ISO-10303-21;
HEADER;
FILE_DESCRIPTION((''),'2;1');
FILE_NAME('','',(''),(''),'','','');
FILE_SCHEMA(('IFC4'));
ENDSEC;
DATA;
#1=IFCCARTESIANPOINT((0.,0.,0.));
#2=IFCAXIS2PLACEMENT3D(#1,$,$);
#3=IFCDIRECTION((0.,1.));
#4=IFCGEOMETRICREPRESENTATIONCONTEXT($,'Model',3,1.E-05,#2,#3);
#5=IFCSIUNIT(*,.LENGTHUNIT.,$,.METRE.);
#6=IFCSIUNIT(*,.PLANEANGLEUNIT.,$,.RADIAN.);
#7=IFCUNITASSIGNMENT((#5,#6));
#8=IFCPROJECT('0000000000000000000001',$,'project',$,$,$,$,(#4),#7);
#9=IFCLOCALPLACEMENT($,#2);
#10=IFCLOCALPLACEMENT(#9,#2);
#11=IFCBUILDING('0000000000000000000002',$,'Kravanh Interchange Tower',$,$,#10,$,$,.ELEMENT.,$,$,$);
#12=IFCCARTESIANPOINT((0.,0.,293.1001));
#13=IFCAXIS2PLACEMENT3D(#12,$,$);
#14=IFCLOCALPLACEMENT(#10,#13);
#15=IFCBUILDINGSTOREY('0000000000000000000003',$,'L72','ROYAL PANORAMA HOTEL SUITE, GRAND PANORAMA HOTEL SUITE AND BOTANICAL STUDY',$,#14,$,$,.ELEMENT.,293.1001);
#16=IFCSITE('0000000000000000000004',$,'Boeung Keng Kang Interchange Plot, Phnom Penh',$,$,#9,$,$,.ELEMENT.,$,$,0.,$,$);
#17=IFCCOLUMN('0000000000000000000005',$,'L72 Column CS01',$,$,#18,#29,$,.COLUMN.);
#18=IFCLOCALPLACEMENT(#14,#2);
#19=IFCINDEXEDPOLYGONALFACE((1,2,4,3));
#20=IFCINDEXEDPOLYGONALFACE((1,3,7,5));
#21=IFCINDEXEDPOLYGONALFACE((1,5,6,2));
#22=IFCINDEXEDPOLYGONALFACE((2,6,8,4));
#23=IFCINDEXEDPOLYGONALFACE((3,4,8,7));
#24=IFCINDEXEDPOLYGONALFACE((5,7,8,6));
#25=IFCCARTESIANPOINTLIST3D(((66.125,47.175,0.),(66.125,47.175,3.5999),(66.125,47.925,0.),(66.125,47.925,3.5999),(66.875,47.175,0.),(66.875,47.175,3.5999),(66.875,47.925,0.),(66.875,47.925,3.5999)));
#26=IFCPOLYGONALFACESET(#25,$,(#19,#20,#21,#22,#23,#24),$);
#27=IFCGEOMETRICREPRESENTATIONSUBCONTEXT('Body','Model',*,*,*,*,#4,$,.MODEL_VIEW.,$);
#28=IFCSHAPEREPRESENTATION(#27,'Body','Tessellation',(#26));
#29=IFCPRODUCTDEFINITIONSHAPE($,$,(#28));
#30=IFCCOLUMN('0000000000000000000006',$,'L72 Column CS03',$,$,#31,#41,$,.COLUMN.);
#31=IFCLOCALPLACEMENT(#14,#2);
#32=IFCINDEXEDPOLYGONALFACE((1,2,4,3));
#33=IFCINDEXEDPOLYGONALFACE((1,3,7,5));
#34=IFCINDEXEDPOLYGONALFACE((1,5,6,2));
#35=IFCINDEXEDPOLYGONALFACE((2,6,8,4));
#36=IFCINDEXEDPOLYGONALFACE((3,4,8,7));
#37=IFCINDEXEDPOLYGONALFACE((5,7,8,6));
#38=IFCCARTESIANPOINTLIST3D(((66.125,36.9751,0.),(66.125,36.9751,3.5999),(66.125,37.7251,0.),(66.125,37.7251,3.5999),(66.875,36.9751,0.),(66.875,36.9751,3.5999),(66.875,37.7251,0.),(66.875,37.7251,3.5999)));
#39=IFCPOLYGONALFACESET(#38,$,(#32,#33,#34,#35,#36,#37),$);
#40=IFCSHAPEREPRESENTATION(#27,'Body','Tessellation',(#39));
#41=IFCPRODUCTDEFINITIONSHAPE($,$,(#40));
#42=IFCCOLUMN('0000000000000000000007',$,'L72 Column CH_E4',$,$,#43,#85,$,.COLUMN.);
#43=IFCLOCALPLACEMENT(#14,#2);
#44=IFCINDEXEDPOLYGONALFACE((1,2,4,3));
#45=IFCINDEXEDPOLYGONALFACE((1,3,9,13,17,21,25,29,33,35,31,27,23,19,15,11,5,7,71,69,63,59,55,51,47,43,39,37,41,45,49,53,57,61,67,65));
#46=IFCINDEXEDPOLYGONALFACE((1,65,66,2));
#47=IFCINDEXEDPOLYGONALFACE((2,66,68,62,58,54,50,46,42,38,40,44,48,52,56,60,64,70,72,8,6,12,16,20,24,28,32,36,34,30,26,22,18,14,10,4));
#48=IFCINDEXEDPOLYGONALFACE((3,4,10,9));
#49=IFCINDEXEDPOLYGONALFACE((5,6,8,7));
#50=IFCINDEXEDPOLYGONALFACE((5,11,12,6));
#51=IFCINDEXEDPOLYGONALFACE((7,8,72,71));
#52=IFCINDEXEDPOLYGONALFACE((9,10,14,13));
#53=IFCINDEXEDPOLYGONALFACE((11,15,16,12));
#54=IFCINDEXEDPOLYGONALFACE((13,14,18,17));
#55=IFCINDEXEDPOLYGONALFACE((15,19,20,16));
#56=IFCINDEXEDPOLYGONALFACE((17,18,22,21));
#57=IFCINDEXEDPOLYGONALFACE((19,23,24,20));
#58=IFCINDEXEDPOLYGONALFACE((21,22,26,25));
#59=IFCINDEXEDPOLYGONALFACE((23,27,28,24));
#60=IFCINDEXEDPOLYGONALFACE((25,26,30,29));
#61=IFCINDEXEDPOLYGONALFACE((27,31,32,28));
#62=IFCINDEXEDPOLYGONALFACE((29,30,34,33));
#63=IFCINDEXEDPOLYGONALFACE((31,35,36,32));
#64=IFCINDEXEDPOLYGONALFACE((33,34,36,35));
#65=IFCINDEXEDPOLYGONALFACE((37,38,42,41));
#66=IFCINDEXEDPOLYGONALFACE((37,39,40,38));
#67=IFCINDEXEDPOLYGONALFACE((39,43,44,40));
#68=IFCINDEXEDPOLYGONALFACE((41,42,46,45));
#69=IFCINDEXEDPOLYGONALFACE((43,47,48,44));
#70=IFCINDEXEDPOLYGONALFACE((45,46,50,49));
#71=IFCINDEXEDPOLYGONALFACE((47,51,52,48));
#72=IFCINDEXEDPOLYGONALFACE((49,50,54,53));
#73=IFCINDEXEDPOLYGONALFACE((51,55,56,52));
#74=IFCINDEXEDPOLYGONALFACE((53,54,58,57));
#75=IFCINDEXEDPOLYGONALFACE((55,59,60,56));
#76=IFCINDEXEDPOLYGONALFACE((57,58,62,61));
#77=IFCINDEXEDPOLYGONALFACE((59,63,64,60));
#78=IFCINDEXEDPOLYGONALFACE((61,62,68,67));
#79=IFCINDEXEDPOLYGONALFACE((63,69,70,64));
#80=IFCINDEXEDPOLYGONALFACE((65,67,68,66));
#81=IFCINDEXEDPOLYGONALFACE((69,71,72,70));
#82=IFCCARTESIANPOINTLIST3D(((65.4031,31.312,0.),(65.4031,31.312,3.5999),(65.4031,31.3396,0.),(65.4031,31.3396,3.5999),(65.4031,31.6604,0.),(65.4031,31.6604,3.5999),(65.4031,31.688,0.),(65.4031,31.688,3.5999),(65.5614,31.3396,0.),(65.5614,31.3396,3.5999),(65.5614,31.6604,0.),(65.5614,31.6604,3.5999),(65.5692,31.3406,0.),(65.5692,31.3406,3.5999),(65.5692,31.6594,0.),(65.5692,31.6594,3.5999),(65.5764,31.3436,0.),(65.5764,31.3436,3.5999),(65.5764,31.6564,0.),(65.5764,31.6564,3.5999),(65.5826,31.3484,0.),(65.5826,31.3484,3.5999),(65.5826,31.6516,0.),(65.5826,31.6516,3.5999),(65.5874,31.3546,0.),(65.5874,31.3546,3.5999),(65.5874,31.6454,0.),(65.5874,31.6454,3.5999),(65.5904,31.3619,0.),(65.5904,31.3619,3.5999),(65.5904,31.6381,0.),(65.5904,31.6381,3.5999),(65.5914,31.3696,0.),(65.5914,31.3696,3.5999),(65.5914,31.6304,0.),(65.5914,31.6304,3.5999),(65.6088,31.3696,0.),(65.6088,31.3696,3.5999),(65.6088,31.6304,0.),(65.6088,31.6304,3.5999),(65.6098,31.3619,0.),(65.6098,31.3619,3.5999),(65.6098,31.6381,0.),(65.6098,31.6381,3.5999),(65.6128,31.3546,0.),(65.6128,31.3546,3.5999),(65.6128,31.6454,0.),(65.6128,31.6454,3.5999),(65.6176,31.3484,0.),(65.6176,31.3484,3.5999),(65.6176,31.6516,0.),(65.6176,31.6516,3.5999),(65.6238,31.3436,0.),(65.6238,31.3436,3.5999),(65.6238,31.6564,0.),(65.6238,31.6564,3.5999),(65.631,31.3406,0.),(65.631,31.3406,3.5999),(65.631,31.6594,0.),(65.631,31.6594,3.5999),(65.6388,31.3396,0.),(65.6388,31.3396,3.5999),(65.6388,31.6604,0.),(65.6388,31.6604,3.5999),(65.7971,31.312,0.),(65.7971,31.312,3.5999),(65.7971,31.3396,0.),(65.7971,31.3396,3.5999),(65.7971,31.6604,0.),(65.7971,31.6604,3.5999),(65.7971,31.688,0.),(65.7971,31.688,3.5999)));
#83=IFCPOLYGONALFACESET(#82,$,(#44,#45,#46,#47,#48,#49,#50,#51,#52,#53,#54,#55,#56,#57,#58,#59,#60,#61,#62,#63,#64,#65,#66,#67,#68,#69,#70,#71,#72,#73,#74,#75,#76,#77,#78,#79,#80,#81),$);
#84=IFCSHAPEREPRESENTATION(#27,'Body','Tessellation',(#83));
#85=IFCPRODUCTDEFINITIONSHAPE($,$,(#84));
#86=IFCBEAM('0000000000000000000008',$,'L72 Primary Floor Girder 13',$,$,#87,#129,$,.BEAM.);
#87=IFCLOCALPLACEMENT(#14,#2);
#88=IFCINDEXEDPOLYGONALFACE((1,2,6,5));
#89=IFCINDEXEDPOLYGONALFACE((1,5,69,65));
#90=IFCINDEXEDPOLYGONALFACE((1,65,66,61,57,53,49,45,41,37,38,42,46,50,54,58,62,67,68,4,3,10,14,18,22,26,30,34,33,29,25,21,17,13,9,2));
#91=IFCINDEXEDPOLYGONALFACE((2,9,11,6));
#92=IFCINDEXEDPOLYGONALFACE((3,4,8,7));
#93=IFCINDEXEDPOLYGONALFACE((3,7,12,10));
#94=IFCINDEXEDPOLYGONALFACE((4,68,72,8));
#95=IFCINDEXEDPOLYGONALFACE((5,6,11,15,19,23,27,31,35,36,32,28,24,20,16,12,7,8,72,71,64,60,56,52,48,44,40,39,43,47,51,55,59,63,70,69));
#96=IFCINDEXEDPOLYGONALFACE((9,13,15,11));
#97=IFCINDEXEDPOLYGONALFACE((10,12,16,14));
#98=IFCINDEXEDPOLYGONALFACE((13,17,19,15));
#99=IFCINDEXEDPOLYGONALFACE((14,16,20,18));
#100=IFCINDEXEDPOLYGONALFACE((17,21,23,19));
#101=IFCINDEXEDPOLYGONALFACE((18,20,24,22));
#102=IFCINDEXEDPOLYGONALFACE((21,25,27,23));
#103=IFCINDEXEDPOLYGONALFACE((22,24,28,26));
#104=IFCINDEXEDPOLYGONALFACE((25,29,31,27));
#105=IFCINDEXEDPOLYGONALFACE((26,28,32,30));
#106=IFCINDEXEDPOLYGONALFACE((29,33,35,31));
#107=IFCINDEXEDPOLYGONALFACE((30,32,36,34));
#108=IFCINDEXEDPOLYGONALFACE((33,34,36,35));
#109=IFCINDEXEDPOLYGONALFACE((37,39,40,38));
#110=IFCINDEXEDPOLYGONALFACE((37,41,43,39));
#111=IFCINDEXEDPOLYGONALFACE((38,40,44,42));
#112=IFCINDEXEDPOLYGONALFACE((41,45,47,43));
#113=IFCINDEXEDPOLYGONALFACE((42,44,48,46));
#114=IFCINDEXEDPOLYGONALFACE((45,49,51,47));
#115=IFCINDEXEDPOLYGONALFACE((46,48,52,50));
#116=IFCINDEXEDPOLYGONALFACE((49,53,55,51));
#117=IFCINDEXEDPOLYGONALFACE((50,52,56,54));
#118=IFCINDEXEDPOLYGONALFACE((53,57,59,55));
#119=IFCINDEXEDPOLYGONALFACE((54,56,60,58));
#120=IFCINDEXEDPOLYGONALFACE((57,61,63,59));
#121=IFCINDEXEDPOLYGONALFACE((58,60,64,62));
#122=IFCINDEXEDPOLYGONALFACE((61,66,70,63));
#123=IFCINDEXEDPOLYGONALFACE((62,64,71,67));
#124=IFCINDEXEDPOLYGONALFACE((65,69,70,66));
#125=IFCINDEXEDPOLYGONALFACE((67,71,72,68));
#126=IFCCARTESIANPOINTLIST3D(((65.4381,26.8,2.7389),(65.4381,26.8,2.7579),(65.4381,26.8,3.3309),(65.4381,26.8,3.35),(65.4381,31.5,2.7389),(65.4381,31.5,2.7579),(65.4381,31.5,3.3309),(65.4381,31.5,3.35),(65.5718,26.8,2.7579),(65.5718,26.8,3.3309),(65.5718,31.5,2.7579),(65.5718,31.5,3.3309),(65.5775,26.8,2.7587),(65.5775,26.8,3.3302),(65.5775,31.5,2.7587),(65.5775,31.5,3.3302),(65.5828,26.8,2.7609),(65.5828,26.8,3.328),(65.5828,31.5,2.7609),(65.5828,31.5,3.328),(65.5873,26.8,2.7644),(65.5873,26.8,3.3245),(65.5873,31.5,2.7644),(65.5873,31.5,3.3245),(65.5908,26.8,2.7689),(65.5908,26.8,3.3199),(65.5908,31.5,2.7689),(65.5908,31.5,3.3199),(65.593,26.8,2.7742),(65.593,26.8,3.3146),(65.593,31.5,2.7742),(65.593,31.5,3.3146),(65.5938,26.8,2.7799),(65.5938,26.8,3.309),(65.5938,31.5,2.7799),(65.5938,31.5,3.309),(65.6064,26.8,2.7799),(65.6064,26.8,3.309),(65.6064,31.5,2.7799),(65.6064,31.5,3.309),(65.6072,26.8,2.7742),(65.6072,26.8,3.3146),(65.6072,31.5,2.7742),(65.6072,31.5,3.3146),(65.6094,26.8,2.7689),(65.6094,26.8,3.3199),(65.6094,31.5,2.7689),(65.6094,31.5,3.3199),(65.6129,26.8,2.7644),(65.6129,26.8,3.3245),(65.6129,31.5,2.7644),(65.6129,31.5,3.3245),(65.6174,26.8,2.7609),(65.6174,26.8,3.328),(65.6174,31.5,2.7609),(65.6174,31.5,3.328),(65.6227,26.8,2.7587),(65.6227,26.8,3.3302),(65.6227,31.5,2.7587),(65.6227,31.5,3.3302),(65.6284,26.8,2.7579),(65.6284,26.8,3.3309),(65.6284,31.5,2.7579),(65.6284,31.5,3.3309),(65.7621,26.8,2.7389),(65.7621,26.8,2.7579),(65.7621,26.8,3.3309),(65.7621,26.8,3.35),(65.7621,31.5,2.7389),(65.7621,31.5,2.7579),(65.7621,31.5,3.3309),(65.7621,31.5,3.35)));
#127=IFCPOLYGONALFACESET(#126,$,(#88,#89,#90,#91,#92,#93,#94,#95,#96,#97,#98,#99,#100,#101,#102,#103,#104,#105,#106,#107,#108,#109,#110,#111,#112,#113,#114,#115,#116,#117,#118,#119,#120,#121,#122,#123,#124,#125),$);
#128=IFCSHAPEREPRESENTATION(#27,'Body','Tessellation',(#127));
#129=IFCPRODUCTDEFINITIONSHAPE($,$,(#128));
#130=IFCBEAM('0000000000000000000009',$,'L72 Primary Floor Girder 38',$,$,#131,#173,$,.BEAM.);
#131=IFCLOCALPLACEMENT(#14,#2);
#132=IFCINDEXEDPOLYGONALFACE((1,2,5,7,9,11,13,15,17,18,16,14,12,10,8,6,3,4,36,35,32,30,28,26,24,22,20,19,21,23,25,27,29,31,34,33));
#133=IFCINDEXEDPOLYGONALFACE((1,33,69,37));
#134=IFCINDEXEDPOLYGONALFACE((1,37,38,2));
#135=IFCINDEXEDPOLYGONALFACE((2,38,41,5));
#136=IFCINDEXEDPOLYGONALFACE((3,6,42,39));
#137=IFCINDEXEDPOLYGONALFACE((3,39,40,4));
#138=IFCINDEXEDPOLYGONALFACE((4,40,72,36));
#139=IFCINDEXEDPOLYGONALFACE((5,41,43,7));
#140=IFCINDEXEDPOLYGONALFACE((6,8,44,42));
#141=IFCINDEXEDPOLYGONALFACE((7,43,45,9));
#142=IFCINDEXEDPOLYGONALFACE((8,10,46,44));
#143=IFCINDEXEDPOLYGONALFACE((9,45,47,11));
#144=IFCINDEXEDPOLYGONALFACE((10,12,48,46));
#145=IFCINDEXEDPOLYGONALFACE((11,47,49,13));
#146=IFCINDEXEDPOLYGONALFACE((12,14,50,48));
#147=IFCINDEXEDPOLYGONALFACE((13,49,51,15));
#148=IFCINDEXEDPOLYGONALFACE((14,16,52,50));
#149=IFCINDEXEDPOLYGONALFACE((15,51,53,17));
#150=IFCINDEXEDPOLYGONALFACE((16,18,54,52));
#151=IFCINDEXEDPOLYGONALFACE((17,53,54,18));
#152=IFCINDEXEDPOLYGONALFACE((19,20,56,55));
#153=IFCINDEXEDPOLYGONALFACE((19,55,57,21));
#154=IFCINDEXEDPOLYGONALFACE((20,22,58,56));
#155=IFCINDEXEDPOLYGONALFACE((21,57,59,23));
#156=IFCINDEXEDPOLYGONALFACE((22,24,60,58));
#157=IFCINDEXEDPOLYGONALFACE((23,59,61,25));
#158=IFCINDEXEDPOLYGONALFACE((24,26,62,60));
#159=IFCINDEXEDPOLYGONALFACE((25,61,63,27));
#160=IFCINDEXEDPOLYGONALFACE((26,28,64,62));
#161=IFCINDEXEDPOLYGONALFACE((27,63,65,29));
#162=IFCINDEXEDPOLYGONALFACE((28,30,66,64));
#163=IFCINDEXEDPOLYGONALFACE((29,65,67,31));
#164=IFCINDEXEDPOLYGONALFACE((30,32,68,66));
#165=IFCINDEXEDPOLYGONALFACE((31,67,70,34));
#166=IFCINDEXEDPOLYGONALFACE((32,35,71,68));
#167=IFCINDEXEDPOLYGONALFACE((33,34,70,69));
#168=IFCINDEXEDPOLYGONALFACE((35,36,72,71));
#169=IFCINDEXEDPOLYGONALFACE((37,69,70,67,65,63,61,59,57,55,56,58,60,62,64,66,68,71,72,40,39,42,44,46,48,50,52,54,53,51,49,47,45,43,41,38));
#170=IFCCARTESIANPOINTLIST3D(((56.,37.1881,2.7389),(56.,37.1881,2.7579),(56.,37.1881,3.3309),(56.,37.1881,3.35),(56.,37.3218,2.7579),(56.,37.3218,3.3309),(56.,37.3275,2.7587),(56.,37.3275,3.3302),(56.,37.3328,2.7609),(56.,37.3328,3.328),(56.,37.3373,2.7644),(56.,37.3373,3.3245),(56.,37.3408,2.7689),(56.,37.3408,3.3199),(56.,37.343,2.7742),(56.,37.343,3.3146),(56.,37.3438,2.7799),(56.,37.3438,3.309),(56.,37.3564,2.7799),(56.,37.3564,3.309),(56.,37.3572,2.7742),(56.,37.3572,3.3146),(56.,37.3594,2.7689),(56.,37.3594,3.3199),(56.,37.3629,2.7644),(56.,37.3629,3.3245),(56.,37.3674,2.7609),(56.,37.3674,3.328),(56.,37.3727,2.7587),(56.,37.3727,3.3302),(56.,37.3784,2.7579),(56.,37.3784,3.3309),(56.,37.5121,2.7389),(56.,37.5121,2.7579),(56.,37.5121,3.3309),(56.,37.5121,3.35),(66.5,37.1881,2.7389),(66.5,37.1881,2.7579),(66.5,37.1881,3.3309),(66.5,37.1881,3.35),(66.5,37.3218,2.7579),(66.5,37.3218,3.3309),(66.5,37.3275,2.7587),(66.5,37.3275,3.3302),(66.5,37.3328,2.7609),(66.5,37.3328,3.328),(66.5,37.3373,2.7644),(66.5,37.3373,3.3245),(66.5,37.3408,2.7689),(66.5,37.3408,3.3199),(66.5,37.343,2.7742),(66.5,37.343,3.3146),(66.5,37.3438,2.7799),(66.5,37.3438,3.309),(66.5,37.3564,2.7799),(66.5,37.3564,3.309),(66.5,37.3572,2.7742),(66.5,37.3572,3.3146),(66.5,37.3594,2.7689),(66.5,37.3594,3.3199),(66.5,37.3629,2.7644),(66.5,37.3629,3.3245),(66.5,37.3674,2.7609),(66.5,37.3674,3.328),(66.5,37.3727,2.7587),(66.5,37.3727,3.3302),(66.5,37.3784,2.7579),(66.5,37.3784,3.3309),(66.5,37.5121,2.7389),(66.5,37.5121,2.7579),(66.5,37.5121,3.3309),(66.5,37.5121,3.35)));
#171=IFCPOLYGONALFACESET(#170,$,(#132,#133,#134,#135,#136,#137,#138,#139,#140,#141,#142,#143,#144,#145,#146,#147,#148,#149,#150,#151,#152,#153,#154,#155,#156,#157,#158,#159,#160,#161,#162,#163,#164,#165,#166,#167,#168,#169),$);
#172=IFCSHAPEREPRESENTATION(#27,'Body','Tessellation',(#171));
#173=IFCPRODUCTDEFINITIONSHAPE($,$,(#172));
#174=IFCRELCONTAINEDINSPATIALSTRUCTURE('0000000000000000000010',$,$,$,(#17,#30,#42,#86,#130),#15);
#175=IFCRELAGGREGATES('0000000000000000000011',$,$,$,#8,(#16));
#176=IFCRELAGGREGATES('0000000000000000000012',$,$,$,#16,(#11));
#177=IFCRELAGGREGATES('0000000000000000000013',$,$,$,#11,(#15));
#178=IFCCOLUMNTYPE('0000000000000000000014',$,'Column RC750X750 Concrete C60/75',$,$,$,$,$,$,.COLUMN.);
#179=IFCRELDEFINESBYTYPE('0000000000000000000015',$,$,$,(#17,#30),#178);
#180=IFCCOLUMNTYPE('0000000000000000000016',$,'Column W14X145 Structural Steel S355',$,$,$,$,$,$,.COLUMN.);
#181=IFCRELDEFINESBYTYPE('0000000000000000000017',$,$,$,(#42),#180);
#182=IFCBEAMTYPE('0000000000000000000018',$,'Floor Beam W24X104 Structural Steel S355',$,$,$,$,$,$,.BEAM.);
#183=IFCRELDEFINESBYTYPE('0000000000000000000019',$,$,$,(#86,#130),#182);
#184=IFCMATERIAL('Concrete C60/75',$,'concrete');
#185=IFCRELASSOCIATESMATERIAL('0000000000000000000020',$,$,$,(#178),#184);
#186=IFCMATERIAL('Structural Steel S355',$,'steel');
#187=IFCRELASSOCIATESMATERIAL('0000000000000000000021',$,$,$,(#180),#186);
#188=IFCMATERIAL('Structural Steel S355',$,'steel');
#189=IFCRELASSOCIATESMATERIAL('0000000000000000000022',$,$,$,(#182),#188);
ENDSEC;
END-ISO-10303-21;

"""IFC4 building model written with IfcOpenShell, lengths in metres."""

from ifc_helpers import new_model, si_unit, direction, frame, origin, origin_2d, place, context, subcontext, project, spatial, rectangle, i_section, extrude, material, material_profile, profile_set, type_object, element, save


model = new_model("IFC4")

# Units and contexts
model_context = context("Model", 3, precision=1e-05, world=origin(), true_north=direction((0.0, 1.0)))
body_context = subcontext(model_context, "Body", "Model", "MODEL_VIEW")
ifc_project = project(units=[si_unit("LENGTHUNIT", "METRE"), si_unit("PLANEANGLEUNIT", "RADIAN")], contexts=[model_context])

# Site, building, storey
site_placement = place(None, origin())
site = spatial("IfcSite", under=ifc_project, at=site_placement, Name="Boeung Keng Kang Interchange Plot, Phnom Penh", CompositionType="ELEMENT", RefElevation=0.0)
building_placement = place(site_placement, origin())
building = spatial("IfcBuilding", under=site, at=building_placement, Name="Kravanh Interchange Tower", CompositionType="ELEMENT")
storey_placement = place(building_placement, frame((0.0, 0.0, 293.1001)))
storey = spatial("IfcBuildingStorey", under=building, at=storey_placement, Name="L72", Description="ROYAL PANORAMA HOTEL SUITE, GRAND PANORAMA HOTEL SUITE AND BOTANICAL STUDY", CompositionType="ELEMENT", Elevation=293.1001)

# Columns
ifc_material_1 = material(Name="Concrete C60/75", Category="concrete")
ifc_material_profile_1 = material_profile(ifc_material_1, rectangle(XDim=0.75, YDim=0.75, at=origin_2d()), Name="RC750X750")
ifc_profile_set_1 = profile_set([ifc_material_profile_1], Name="Concrete C60/75")
column_type_1 = type_object("IfcColumnType", Name="Column RC750X750 Concrete C60/75", PredefinedType="COLUMN", material=ifc_profile_set_1)
for number, where, z_axis, x_axis, name in (
    (1, (66.5, 47.55, 0.0), (0.0, 0.0, 1.0), (1.0, 0.0, 0.0), "L72 Column CS01"),
    (2, (66.5, 37.3501, 0.0), (0.0, 0.0, 1.0), (1.0, 0.0, 0.0), "L72 Column CS03"),
):
    element("IfcColumn", number, at=place(storey_placement, frame(where, z_axis=z_axis, x_axis=x_axis)), inside=storey, type_object=column_type_1, Name=name, PredefinedType="COLUMN", context=body_context, shape_type="SweptSolid", body=[
        extrude(rectangle(XDim=0.75, YDim=0.75, at=origin_2d()), origin(), (0.0, 0.0, 1.0), 3.5999),
    ])
ifc_material_2 = material(Name="Structural Steel S355", Category="steel")
ifc_material_profile_2 = material_profile(ifc_material_2, i_section(OverallWidth=0.394, OverallDepth=0.376, WebThickness=0.0173, FlangeThickness=0.0276, FilletRadius=0.03, at=origin_2d()), Name="W14X145")
ifc_profile_set_2 = profile_set([ifc_material_profile_2], Name="Structural Steel S355")
column_type_2 = type_object("IfcColumnType", Name="Column W14X145 Structural Steel S355", PredefinedType="COLUMN", material=ifc_profile_set_2)
column_placement = place(storey_placement, frame((65.6001, 31.5, 0.0), z_axis=(0.0, 0.0, 1.0), x_axis=(1.0, 0.0, 0.0)))
element("IfcColumn", 3, at=column_placement, inside=storey, type_object=column_type_2, Name="L72 Column CH_E4", PredefinedType="COLUMN", context=body_context, shape_type="SweptSolid", body=[
    extrude(i_section(OverallWidth=0.394, OverallDepth=0.376, WebThickness=0.0173, FlangeThickness=0.0276, FilletRadius=0.03, at=origin_2d()), origin(), (0.0, 0.0, 1.0), 3.5999),
])

# Beams
ifc_material_3 = material(Name="Structural Steel S355", Category="steel")
ifc_material_profile_3 = material_profile(ifc_material_3, i_section(OverallWidth=0.324, OverallDepth=0.6111, WebThickness=0.0127, FlangeThickness=0.019, FilletRadius=0.022, at=origin_2d()), Name="W24X104")
ifc_profile_set_3 = profile_set([ifc_material_profile_3], Name="Structural Steel S355")
beam_type_1 = type_object("IfcBeamType", Name="Floor Beam W24X104 Structural Steel S355", PredefinedType="BEAM", material=ifc_profile_set_3)
beam_1_placement = place(storey_placement, frame((65.6001, 31.5, 3.0444), z_axis=(0.0, -1.0, 0.0), x_axis=(1.0, 0.0, 0.0)))
element("IfcBeam", 4, at=beam_1_placement, inside=storey, type_object=beam_type_1, Name="L72 Primary Floor Girder 13", PredefinedType="BEAM", context=body_context, shape_type="SweptSolid", body=[
    extrude(i_section(OverallWidth=0.324, OverallDepth=0.6111, WebThickness=0.0127, FlangeThickness=0.019, FilletRadius=0.022, at=origin_2d()), origin(), (0.0, 0.0, 1.0), 4.7),
])
beam_2_placement = place(storey_placement, frame((66.5, 37.3501, 3.0444), z_axis=(-1.0, 0.0, 0.0), x_axis=(0.0, -1.0, 0.0)))
element("IfcBeam", 5, at=beam_2_placement, inside=storey, type_object=beam_type_1, Name="L72 Primary Floor Girder 38", PredefinedType="BEAM", context=body_context, shape_type="SweptSolid", body=[
    extrude(i_section(OverallWidth=0.324, OverallDepth=0.6111, WebThickness=0.0127, FlangeThickness=0.019, FilletRadius=0.022, at=origin_2d()), origin(), (0.0, 0.0, 1.0), 10.5),
])

save(model, "model.ifc")
